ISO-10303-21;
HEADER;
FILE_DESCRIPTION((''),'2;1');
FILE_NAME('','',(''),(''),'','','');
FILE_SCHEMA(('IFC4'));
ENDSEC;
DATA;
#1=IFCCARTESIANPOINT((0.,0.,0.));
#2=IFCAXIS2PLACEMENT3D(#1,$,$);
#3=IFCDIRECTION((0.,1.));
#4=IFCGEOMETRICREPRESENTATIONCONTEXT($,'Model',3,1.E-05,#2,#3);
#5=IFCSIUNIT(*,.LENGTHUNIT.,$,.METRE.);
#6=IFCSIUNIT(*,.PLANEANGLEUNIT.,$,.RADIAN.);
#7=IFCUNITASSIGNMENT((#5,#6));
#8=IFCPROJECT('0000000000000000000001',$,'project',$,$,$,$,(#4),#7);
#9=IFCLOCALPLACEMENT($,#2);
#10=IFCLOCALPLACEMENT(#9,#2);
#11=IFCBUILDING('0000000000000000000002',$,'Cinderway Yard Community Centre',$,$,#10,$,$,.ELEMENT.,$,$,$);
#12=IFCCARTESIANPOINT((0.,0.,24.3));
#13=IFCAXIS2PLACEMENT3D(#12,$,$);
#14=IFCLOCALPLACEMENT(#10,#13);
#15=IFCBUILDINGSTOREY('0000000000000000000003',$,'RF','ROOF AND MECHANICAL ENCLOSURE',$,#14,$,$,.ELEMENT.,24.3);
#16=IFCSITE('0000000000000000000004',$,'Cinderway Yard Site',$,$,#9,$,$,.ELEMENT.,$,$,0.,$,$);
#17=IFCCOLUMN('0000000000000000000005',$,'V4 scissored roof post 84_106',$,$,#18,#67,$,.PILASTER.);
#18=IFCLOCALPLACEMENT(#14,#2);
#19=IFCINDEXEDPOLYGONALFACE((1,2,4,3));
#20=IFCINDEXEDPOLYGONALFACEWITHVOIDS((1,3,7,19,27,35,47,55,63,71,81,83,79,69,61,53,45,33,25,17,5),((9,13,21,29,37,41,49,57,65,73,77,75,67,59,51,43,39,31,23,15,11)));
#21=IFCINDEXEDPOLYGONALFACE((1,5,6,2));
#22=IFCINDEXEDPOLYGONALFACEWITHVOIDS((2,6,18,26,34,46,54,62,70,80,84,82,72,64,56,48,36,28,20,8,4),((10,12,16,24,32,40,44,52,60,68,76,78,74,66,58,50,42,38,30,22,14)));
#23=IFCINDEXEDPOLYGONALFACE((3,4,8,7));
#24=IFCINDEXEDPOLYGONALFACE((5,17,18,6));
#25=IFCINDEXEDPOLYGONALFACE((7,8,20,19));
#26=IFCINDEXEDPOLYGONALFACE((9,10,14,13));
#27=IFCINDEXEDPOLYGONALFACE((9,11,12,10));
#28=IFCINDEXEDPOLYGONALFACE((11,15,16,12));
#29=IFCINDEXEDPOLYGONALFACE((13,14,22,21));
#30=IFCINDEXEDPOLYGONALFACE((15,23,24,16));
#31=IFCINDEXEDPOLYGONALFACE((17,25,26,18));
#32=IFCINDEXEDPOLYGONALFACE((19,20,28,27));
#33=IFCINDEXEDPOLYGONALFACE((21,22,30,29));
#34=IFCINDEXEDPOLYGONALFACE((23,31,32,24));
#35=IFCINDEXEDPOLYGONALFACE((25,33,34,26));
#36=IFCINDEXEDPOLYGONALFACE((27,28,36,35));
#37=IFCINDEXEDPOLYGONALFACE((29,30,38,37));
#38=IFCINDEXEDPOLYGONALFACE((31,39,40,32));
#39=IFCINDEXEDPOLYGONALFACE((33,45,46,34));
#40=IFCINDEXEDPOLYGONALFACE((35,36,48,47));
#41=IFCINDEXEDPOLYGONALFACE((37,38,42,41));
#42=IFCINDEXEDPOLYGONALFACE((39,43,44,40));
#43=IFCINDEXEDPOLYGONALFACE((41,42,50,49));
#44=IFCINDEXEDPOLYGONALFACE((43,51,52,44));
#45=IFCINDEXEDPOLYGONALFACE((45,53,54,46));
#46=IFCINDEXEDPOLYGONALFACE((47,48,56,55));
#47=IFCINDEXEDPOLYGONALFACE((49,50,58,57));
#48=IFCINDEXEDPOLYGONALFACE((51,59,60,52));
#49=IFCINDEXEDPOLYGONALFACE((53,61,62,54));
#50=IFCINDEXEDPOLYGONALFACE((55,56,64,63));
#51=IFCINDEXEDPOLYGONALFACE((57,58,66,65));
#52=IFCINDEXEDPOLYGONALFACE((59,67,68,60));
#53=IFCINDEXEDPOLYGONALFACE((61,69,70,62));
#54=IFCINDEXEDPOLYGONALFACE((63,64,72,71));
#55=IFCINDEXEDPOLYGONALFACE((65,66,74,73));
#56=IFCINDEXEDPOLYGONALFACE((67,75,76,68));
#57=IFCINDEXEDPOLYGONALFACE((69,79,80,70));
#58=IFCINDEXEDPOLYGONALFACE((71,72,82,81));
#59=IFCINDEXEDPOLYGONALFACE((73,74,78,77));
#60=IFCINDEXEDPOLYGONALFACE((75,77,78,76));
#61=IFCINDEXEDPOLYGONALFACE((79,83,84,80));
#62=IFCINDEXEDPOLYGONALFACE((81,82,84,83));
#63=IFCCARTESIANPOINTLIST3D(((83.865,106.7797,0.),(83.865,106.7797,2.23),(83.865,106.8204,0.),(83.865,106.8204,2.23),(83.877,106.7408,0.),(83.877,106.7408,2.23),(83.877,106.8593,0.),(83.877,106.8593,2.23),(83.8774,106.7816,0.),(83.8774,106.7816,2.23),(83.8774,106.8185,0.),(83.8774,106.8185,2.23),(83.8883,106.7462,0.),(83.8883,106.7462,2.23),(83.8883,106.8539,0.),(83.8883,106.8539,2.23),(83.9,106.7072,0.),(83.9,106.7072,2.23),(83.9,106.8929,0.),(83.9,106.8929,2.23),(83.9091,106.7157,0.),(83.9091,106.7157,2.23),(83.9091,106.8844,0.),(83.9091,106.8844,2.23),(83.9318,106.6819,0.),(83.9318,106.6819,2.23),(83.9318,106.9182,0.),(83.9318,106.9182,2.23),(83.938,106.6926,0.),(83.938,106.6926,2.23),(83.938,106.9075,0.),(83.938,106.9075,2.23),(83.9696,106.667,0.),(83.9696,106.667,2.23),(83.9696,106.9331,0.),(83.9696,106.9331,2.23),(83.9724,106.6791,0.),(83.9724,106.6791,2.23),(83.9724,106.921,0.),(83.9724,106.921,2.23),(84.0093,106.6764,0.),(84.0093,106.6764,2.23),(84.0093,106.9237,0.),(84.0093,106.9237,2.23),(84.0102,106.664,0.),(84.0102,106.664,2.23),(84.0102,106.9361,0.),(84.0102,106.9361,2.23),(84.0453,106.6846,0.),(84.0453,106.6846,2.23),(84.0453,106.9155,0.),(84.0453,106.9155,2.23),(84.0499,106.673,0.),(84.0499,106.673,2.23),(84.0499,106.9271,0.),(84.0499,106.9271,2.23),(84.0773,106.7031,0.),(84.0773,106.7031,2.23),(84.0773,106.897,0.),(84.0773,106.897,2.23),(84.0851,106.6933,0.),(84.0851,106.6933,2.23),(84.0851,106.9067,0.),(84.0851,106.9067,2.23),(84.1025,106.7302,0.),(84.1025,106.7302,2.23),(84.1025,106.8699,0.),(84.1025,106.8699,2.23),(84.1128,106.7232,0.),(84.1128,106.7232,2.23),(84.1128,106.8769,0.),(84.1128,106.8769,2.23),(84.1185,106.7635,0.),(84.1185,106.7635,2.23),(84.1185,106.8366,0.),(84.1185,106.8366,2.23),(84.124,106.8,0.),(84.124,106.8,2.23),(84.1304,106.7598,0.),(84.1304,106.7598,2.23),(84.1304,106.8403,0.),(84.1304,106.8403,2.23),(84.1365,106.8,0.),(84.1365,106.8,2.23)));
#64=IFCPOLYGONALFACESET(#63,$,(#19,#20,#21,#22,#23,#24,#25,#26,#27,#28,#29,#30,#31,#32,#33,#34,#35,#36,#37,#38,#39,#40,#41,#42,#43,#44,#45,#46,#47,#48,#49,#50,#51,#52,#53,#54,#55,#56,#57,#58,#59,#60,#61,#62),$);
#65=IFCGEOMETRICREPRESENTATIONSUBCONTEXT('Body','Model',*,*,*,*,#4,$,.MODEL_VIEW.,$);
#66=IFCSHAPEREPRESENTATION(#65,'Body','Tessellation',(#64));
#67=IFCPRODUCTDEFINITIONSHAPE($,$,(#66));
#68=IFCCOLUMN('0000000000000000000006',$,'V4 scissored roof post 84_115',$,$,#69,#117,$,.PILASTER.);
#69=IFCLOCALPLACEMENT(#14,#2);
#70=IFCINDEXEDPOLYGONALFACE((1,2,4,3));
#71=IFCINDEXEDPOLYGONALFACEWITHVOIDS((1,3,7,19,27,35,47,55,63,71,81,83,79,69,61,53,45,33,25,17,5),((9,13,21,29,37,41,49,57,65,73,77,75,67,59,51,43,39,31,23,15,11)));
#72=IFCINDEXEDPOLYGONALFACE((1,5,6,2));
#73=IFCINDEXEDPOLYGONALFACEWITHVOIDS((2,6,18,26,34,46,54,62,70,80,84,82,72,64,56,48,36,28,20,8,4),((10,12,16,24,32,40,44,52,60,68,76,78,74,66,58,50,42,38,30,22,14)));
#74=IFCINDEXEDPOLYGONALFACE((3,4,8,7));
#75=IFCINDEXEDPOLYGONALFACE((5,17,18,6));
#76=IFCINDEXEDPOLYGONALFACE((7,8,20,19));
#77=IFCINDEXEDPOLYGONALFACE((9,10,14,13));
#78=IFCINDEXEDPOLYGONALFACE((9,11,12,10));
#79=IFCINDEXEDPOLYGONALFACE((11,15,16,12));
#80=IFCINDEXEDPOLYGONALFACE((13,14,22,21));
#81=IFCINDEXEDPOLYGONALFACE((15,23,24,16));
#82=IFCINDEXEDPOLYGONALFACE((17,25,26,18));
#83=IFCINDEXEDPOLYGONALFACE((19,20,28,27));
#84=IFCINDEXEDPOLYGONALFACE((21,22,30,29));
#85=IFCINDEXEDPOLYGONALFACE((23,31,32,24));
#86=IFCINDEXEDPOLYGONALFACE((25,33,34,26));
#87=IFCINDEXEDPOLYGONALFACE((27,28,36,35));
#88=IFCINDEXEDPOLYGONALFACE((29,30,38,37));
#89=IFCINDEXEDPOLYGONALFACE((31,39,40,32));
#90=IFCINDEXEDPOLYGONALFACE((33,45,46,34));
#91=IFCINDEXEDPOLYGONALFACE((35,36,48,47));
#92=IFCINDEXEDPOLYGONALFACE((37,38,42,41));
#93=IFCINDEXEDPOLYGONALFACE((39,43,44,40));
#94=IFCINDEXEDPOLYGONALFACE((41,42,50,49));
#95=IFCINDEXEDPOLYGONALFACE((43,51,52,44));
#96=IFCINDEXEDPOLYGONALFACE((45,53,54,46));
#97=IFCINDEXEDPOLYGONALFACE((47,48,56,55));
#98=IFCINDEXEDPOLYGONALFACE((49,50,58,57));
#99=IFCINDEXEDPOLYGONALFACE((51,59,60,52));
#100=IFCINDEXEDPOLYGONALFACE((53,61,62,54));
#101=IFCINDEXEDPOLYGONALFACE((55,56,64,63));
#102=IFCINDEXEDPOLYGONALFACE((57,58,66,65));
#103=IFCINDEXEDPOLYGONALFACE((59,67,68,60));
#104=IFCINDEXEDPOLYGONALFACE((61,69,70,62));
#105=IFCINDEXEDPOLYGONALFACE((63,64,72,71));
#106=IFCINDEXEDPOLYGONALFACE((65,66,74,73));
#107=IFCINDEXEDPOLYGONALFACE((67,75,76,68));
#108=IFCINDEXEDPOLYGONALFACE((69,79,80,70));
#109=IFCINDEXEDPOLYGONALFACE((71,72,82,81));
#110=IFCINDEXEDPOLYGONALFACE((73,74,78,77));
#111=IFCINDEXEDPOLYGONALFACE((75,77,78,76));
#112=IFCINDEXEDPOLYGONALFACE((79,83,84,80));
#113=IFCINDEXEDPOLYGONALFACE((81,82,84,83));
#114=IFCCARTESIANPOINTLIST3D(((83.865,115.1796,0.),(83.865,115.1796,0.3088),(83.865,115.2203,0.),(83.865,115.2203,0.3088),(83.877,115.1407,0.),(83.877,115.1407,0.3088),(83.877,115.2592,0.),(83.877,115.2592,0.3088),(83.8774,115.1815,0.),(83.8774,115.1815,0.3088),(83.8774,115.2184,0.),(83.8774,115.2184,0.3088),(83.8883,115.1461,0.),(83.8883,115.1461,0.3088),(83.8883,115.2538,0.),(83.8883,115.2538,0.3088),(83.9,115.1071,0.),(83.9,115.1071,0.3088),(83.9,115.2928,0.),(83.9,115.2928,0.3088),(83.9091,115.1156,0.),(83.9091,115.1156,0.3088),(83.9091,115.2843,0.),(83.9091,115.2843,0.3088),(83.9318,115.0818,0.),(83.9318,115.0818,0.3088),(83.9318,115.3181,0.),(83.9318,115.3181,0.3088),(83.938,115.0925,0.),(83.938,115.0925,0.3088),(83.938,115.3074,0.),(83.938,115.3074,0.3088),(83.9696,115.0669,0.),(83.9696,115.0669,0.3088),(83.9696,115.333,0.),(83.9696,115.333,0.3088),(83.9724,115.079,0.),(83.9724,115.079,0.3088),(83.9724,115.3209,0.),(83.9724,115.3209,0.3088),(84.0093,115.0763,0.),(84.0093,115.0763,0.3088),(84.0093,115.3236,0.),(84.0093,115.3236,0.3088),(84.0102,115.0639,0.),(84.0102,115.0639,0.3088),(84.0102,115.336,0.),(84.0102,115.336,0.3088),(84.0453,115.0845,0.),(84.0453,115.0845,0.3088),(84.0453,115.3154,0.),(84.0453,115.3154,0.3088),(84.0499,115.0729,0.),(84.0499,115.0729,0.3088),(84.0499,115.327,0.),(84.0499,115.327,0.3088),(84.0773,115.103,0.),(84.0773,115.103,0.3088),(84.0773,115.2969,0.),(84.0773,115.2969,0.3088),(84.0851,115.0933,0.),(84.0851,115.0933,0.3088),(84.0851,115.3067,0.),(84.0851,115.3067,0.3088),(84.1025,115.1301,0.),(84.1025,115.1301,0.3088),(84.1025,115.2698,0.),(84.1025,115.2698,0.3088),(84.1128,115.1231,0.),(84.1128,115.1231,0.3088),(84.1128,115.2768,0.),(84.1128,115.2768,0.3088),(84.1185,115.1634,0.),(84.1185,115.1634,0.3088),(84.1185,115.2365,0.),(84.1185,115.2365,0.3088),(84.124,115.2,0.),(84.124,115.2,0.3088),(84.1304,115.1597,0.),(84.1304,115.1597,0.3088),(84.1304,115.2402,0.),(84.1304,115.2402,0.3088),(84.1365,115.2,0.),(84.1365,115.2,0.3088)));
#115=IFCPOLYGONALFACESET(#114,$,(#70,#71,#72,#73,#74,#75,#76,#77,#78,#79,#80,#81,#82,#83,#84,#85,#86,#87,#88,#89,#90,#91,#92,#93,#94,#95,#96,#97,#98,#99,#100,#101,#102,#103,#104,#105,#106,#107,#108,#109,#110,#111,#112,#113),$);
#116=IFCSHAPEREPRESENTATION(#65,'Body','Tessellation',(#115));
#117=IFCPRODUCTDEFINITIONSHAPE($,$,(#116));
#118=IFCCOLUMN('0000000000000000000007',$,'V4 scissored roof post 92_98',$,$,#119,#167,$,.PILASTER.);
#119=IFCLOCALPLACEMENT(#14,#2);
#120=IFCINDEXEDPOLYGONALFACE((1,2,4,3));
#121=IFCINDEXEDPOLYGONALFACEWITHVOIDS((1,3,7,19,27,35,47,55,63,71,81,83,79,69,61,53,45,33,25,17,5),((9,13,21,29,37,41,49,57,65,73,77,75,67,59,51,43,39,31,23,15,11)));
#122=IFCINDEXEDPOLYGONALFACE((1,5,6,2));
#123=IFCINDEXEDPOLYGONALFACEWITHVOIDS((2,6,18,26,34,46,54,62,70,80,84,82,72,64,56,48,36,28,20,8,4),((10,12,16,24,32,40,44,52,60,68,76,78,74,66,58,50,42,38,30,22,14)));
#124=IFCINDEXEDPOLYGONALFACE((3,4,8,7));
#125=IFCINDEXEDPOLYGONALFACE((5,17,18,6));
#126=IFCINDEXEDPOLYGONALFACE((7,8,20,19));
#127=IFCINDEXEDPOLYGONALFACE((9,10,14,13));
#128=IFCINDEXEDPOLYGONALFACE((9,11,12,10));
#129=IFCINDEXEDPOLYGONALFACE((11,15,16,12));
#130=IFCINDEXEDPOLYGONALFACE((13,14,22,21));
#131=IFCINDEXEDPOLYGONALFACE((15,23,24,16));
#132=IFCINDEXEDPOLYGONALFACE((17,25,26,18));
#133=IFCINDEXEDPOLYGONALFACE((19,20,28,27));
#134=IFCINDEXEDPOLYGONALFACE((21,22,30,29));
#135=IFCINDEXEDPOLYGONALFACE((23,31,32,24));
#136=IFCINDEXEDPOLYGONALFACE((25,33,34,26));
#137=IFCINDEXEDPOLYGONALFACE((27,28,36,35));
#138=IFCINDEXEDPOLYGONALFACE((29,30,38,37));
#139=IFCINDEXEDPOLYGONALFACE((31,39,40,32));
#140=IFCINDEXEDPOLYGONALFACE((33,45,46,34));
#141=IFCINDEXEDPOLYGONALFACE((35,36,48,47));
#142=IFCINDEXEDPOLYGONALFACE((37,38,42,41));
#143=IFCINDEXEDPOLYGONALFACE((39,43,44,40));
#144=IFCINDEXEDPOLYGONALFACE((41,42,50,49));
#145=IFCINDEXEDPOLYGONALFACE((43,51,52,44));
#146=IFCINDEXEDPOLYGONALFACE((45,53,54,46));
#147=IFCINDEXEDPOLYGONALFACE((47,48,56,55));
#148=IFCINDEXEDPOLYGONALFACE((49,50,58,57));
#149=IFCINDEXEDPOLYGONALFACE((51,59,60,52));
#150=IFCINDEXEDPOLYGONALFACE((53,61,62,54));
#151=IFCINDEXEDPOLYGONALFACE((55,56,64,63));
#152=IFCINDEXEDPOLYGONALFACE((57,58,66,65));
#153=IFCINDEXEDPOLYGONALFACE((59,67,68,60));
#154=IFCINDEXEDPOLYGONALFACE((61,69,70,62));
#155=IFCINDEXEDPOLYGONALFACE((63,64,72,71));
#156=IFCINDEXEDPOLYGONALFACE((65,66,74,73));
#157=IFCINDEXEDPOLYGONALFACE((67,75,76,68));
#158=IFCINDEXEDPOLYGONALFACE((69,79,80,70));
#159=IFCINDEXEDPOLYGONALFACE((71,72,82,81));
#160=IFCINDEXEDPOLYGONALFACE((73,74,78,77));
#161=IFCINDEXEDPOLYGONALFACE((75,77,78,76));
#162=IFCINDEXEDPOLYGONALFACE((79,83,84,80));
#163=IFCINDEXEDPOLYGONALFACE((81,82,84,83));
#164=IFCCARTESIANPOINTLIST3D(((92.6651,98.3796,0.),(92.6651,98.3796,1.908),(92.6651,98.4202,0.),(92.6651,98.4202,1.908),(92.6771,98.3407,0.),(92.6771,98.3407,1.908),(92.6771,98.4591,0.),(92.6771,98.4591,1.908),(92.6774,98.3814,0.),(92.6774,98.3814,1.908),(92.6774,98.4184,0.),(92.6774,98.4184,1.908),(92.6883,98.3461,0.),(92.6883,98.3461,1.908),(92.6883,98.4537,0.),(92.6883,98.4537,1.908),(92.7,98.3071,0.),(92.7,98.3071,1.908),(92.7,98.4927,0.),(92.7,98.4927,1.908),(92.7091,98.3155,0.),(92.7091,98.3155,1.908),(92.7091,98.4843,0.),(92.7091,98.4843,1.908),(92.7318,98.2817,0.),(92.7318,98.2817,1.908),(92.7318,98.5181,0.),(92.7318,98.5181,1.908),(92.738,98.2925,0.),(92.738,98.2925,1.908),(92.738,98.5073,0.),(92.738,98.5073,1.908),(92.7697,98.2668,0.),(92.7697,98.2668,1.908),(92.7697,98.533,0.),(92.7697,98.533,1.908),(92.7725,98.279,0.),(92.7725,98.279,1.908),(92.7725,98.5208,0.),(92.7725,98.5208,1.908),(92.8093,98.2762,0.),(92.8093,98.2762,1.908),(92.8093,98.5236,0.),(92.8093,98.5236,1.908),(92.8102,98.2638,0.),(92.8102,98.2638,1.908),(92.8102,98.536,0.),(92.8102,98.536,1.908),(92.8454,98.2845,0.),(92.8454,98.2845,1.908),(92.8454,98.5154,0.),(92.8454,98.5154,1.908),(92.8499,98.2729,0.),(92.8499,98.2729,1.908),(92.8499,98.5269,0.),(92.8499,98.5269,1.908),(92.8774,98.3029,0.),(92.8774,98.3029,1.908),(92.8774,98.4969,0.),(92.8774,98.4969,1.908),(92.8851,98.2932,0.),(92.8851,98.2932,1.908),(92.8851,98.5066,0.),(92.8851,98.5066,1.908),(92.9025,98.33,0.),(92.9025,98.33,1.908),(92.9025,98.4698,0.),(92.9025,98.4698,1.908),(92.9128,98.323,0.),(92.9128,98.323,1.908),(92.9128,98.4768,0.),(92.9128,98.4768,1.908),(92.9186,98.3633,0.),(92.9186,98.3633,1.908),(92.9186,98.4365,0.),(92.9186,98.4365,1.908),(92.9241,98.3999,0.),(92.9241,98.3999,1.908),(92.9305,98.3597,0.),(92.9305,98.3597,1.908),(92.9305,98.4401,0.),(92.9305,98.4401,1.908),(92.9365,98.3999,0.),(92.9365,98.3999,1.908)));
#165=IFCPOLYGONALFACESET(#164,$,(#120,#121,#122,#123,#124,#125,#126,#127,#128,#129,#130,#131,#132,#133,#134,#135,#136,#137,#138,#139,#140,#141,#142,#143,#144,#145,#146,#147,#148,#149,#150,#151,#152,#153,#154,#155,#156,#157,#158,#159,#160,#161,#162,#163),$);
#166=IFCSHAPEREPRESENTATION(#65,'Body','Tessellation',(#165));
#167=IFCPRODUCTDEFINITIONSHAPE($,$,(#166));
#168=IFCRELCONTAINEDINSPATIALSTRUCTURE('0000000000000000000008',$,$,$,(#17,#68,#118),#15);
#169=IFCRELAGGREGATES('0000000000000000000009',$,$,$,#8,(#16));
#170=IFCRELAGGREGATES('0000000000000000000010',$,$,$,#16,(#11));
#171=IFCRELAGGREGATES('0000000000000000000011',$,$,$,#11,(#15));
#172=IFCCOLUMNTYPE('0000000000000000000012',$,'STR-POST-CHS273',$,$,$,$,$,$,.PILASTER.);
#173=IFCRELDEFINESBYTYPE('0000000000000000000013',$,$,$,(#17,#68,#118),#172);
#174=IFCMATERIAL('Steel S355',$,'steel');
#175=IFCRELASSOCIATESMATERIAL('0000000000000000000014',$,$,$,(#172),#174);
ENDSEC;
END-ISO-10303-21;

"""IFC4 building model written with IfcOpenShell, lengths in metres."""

from ifc_helpers import new_model, si_unit, direction, frame, origin, origin_2d, place, context, subcontext, project, spatial, hollow_circle, extrude, material, material_profile, profile_set, type_object, element, save


model = new_model("IFC4")

# Units and contexts
model_context = context("Model", 3, precision=1e-05, world=origin(), true_north=direction((0.0, 1.0)))
body_context = subcontext(model_context, "Body", "Model", "MODEL_VIEW")
ifc_project = project(units=[si_unit("LENGTHUNIT", "METRE"), si_unit("PLANEANGLEUNIT", "RADIAN")], contexts=[model_context])

# Site, building, storey
site_placement = place(None, origin())
site = spatial("IfcSite", under=ifc_project, at=site_placement, Name="Cinderway Yard Site", CompositionType="ELEMENT", RefElevation=0.0)
building_placement = place(site_placement, origin())
building = spatial("IfcBuilding", under=site, at=building_placement, Name="Cinderway Yard Community Centre", CompositionType="ELEMENT")
storey_placement = place(building_placement, frame((0.0, 0.0, 24.3)))
storey = spatial("IfcBuildingStorey", under=building, at=storey_placement, Name="RF", Description="ROOF AND MECHANICAL ENCLOSURE", CompositionType="ELEMENT", Elevation=24.3)

# Columns
ifc_material_1 = material(Name="Steel S355", Category="steel")
ifc_material_profile_1 = material_profile(ifc_material_1, hollow_circle(Radius=0.1365, WallThickness=0.0125, at=origin_2d()), Name="Steel S355")
ifc_profile_set_1 = profile_set([ifc_material_profile_1], Name="Steel S355")
column_type = type_object("IfcColumnType", Name="STR-POST-CHS273", PredefinedType="PILASTER", material=ifc_profile_set_1)
column_1_placement = place(storey_placement, frame((84.0, 106.8, 0.0), z_axis=(0.0, 0.0, 1.0), x_axis=(1.0, 0.0, 0.0)))
element("IfcColumn", 1, at=column_1_placement, inside=storey, type_object=column_type, Name="V4 scissored roof post 84_106", PredefinedType="PILASTER", context=body_context, shape_type="SweptSolid", body=[
    extrude(hollow_circle(Radius=0.1365, WallThickness=0.0125, at=origin_2d()), origin(), (0.0, 0.0, 1.0), 2.23),
])
column_2_placement = place(storey_placement, frame((84.0, 115.2, 0.0), z_axis=(0.0, 0.0, 1.0), x_axis=(1.0, 0.0, 0.0)))
element("IfcColumn", 2, at=column_2_placement, inside=storey, type_object=column_type, Name="V4 scissored roof post 84_115", PredefinedType="PILASTER", context=body_context, shape_type="SweptSolid", body=[
    extrude(hollow_circle(Radius=0.1365, WallThickness=0.0125, at=origin_2d()), origin(), (0.0, 0.0, 1.0), 0.3088),
])
column_3_placement = place(storey_placement, frame((92.8, 98.3999, 0.0), z_axis=(0.0, 0.0, 1.0), x_axis=(1.0, 0.0, 0.0)))
element("IfcColumn", 3, at=column_3_placement, inside=storey, type_object=column_type, Name="V4 scissored roof post 92_98", PredefinedType="PILASTER", context=body_context, shape_type="SweptSolid", body=[
    extrude(hollow_circle(Radius=0.1365, WallThickness=0.0125, at=origin_2d()), origin(), (0.0, 0.0, 1.0), 1.908),
])

save(model, "model.ifc")
